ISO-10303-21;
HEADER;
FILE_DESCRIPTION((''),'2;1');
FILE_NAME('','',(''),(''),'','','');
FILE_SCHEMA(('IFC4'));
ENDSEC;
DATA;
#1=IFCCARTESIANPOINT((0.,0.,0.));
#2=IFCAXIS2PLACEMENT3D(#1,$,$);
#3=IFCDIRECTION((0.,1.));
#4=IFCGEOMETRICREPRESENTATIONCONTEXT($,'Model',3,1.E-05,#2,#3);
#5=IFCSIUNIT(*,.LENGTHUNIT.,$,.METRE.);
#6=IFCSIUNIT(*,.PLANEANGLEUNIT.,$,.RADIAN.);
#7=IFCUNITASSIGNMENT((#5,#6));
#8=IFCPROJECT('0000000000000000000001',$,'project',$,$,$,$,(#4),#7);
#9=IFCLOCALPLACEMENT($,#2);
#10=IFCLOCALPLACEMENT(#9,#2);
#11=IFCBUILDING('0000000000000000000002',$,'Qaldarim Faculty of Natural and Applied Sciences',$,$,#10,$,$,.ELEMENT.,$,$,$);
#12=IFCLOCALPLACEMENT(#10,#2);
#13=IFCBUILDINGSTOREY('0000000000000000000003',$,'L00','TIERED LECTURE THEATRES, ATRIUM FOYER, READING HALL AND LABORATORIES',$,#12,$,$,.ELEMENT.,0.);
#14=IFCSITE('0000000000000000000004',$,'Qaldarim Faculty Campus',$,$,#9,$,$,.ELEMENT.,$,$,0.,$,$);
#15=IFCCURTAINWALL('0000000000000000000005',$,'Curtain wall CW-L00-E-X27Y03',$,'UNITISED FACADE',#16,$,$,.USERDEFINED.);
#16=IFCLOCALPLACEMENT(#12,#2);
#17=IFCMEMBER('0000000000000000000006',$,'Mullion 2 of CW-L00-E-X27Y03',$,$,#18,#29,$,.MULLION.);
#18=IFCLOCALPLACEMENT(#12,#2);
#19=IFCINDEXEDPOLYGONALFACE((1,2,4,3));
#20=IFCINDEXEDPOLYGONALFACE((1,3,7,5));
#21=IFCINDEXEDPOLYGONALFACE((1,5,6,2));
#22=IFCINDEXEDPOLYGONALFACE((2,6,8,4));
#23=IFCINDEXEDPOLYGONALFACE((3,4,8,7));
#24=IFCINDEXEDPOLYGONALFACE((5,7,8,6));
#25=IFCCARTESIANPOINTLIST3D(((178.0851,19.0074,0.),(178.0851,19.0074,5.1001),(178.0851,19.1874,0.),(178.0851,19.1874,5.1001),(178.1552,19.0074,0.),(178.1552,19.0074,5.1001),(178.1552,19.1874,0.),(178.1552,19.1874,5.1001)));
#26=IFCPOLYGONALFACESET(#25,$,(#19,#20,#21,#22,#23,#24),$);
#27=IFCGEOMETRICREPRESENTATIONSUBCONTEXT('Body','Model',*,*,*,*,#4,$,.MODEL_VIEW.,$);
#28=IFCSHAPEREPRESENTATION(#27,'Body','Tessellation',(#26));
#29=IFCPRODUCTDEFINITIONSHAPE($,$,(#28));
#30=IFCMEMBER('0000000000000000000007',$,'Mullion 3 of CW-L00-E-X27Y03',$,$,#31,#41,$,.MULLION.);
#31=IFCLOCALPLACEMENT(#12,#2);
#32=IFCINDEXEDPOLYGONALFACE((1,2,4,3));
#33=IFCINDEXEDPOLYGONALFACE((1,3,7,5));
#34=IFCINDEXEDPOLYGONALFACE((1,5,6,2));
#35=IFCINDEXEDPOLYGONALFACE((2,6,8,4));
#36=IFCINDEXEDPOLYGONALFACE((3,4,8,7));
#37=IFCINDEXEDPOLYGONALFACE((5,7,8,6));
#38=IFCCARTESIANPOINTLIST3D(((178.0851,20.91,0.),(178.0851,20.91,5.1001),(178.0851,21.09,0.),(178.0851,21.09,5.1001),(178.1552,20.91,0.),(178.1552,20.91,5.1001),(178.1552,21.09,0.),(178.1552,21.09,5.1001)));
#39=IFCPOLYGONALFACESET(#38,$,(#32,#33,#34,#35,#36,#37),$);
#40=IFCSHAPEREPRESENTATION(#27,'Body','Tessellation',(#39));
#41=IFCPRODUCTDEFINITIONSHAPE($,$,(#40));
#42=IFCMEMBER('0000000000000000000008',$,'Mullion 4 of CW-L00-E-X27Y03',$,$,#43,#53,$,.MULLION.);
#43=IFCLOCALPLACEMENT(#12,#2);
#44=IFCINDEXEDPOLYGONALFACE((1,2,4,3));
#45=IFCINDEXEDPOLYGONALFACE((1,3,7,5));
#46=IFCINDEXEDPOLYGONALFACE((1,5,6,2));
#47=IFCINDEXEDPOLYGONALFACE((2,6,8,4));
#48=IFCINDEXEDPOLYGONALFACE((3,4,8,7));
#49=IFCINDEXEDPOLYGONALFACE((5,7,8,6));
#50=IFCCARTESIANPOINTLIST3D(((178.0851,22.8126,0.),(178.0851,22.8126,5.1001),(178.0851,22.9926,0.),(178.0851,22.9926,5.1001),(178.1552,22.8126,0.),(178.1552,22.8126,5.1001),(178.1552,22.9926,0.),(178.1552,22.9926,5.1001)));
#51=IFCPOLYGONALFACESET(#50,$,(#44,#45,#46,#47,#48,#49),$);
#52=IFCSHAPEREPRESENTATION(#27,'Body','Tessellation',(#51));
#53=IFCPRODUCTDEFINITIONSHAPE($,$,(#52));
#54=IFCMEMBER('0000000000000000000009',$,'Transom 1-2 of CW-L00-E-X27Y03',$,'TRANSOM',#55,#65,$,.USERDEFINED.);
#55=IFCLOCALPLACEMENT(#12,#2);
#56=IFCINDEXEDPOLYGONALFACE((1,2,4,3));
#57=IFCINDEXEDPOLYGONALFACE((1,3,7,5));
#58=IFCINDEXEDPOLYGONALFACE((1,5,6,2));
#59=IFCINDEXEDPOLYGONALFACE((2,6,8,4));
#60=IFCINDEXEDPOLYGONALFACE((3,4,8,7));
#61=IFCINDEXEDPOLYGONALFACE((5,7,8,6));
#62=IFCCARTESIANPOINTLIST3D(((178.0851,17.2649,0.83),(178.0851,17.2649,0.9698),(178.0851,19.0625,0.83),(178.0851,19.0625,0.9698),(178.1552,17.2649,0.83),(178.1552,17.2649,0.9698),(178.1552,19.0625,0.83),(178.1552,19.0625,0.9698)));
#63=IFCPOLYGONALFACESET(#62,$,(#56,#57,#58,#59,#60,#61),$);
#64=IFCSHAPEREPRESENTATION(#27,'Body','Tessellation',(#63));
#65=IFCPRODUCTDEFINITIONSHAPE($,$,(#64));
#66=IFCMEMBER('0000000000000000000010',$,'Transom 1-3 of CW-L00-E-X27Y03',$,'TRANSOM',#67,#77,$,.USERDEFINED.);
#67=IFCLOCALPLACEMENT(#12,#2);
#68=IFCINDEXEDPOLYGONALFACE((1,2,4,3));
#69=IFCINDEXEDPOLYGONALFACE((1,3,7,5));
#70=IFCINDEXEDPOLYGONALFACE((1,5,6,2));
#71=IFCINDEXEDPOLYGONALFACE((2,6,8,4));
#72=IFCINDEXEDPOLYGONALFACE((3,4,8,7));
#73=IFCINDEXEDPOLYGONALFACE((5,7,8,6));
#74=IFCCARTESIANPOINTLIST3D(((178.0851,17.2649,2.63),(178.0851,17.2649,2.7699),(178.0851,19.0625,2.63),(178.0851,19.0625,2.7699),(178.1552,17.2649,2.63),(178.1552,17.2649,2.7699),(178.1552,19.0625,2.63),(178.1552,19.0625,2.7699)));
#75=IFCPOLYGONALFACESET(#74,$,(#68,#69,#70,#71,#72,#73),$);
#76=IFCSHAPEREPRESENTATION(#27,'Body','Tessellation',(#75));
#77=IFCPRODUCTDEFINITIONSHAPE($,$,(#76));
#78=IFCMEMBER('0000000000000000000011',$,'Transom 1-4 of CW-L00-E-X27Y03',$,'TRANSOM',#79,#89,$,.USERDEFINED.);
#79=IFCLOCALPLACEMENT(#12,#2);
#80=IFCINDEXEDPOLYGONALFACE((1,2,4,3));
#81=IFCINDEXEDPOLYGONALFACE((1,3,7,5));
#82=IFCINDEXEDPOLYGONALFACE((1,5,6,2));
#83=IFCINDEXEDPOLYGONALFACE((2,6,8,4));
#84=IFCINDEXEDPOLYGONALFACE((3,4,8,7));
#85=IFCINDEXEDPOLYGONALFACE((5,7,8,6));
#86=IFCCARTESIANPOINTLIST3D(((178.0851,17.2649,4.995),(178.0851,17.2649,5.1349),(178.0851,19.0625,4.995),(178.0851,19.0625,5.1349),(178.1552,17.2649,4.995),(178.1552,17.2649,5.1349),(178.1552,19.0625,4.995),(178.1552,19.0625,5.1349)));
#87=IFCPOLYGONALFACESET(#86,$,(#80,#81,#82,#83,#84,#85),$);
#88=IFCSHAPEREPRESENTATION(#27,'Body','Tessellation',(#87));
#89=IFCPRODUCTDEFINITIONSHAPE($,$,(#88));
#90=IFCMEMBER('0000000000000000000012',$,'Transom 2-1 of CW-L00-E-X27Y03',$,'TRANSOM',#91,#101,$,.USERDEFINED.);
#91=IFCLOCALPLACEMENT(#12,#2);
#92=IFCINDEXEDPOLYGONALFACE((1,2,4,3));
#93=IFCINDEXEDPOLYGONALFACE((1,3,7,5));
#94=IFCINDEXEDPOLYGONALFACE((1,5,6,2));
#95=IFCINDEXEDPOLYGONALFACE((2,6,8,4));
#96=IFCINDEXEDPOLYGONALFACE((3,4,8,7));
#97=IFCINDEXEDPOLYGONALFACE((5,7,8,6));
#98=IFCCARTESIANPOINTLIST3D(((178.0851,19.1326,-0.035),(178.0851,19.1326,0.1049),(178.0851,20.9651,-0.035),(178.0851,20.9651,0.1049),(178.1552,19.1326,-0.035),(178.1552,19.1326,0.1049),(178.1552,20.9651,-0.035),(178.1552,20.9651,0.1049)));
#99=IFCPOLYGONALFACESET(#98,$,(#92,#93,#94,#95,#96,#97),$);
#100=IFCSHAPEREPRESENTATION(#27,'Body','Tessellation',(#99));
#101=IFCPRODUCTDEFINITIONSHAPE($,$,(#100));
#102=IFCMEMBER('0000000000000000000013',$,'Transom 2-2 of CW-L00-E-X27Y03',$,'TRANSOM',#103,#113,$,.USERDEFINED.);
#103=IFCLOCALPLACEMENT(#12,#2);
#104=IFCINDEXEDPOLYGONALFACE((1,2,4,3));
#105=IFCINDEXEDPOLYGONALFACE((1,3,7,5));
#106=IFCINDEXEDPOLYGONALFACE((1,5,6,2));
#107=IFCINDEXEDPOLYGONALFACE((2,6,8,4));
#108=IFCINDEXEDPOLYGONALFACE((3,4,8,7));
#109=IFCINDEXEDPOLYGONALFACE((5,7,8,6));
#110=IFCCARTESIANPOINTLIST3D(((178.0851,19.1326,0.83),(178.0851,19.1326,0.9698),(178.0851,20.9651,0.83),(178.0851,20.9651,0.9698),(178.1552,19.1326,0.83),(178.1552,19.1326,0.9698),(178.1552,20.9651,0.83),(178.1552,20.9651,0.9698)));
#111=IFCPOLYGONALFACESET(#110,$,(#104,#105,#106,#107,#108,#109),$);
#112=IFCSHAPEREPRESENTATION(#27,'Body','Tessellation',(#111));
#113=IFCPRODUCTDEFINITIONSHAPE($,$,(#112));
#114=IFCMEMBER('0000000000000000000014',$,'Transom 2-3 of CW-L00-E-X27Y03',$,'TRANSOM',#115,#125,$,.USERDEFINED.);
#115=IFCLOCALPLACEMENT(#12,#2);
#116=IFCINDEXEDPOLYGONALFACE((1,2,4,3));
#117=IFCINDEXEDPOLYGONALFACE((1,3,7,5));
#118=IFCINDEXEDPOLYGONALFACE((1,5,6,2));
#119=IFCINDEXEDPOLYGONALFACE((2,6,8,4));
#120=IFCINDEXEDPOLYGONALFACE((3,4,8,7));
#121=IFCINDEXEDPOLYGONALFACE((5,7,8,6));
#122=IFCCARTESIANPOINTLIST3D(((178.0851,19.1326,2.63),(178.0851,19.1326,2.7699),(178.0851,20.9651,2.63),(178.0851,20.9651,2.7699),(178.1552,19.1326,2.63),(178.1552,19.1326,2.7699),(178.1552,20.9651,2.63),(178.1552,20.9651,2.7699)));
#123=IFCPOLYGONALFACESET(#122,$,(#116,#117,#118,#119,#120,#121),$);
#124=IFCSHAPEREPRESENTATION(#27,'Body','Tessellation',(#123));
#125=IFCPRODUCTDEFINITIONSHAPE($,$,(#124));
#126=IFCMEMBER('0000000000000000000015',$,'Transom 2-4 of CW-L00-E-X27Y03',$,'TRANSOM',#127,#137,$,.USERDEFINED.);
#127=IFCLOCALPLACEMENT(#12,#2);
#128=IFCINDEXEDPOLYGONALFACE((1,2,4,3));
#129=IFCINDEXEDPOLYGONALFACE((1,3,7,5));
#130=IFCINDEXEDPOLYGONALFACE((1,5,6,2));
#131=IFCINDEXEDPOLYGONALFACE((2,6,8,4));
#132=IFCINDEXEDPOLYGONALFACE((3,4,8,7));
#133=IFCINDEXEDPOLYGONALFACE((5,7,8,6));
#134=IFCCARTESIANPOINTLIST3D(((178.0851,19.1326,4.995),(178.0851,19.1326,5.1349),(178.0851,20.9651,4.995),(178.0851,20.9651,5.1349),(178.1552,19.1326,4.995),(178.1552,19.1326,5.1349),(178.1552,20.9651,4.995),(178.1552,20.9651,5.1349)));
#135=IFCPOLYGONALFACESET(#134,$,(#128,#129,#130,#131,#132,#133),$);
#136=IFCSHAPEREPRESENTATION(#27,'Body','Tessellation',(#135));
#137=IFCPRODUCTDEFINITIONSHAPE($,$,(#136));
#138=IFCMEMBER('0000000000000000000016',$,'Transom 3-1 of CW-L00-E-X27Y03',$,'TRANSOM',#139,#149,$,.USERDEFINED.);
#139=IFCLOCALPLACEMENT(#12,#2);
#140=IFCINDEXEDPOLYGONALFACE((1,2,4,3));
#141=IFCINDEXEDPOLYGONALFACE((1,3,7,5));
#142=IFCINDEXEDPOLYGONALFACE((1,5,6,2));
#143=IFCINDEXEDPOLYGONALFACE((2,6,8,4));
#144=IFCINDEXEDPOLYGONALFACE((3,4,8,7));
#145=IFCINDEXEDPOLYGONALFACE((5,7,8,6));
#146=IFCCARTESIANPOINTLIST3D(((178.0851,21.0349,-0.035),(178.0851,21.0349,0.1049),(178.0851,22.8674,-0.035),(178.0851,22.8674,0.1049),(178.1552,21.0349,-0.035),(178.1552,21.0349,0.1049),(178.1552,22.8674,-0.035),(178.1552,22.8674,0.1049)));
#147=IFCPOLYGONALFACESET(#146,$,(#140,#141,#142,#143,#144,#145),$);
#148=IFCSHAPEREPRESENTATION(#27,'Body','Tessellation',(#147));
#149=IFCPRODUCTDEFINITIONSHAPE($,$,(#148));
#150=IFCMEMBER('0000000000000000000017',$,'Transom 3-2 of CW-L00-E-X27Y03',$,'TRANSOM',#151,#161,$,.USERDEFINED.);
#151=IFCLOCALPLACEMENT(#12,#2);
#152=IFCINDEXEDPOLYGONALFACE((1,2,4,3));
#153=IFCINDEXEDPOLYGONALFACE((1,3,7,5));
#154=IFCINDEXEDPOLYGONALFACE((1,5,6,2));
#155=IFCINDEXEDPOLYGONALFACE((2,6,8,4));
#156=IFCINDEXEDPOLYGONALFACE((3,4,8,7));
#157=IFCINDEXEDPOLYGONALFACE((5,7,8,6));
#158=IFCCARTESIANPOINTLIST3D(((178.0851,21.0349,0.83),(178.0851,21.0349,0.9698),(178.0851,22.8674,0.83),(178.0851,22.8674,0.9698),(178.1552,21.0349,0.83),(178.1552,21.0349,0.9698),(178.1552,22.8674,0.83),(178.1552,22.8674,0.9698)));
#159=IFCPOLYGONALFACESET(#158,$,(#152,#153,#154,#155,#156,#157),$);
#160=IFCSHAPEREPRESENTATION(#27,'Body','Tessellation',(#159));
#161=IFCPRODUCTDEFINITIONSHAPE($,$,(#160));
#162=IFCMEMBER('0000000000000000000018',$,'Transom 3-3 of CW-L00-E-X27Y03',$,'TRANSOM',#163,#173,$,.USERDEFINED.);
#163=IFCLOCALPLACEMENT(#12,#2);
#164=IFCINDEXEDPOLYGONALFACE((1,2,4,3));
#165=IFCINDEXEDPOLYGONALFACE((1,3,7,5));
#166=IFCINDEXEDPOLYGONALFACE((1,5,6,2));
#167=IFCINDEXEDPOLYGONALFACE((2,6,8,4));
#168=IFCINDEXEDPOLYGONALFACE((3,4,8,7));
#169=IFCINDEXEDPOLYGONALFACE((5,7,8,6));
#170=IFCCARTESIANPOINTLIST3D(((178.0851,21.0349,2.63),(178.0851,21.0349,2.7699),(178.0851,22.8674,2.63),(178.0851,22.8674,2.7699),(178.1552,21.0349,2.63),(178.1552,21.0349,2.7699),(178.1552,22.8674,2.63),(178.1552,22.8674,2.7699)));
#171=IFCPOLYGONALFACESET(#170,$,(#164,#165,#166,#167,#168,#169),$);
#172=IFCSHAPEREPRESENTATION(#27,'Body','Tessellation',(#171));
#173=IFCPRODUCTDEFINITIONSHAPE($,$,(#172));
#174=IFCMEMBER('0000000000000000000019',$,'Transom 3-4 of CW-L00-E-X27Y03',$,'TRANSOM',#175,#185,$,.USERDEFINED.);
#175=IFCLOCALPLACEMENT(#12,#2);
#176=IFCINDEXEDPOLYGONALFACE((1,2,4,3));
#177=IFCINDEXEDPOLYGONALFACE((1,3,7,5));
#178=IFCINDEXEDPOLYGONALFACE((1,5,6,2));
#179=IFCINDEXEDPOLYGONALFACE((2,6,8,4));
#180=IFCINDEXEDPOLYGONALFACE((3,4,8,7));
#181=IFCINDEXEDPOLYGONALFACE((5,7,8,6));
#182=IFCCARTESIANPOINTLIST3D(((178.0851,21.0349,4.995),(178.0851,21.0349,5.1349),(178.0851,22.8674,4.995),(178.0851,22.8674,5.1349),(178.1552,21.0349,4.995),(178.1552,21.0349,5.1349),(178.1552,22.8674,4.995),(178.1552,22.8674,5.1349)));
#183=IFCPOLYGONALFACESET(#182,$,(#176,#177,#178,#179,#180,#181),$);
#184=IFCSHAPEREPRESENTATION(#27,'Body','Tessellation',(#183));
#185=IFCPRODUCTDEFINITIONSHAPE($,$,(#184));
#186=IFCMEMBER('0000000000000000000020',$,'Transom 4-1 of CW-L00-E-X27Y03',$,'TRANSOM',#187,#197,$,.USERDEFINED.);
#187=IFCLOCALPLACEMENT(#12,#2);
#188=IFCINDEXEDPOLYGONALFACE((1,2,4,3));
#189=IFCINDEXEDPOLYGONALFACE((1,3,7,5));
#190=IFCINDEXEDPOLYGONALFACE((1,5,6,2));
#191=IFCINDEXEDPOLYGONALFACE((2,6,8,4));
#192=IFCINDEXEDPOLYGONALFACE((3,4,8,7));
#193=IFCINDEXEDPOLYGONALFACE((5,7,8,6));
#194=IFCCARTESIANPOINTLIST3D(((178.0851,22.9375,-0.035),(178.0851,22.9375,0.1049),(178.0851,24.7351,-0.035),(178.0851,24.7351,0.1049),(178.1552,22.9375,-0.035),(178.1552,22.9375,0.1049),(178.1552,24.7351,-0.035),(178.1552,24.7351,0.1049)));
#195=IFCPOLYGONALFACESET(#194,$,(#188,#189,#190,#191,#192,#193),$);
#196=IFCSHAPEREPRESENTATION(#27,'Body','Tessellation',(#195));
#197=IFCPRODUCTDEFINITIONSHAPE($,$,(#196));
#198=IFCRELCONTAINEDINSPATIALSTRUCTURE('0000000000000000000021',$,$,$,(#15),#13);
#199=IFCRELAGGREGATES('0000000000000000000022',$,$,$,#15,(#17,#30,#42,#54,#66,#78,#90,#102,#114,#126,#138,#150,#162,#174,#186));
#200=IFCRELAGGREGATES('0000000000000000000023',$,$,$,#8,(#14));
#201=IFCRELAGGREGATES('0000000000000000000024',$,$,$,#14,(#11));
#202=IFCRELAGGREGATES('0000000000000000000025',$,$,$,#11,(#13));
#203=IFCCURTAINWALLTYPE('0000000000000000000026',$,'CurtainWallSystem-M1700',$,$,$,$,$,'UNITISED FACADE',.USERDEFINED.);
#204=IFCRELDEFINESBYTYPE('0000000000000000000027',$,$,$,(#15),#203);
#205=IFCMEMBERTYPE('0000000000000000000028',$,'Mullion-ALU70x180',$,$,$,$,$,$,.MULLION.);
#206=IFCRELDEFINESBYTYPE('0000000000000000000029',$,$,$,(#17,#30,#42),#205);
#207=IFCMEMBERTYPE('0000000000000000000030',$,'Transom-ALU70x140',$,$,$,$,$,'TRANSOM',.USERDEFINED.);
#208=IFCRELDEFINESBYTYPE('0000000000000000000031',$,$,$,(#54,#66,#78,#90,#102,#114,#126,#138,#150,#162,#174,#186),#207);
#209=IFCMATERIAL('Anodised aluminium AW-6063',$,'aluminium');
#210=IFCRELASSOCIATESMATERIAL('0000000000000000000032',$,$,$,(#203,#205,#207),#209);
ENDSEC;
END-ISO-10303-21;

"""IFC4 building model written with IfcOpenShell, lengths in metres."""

from ifc_helpers import new_model, si_unit, direction, frame, origin, origin_2d, place, context, subcontext, project, spatial, rectangle, extrude, material, material_profile, profile_set, type_object, element, aggregate, save


model = new_model("IFC4")

# Units and contexts
model_context = context("Model", 3, precision=1e-05, world=origin(), true_north=direction((0.0, 1.0)))
body_context = subcontext(model_context, "Body", "Model", "MODEL_VIEW")
ifc_project = project(units=[si_unit("LENGTHUNIT", "METRE"), si_unit("PLANEANGLEUNIT", "RADIAN")], contexts=[model_context])

# Site, building, storey
site_placement = place(None, origin())
site = spatial("IfcSite", under=ifc_project, at=site_placement, Name="Qaldarim Faculty Campus", CompositionType="ELEMENT", RefElevation=0.0)
building_placement = place(site_placement, origin())
building = spatial("IfcBuilding", under=site, at=building_placement, Name="Qaldarim Faculty of Natural and Applied Sciences", CompositionType="ELEMENT")
storey_placement = place(building_placement, origin())
storey = spatial("IfcBuildingStorey", under=building, at=storey_placement, Name="L00", Description="TIERED LECTURE THEATRES, ATRIUM FOYER, READING HALL AND LABORATORIES", CompositionType="ELEMENT", Elevation=0.0)

# Curtain wall, members
ifc_material_1 = material(Name="Anodised aluminium AW-6063", Category="aluminium")
curtain_wall_type = type_object("IfcCurtainWallType", Name="CurtainWallSystem-M1700", ElementType="UNITISED FACADE", PredefinedType="USERDEFINED", material=ifc_material_1)
curtain_wall_placement = place(storey_placement, origin())
curtain_wall = element("IfcCurtainWall", 1, at=curtain_wall_placement, inside=storey, type_object=curtain_wall_type, Name="Curtain wall CW-L00-E-X27Y03", ObjectType="UNITISED FACADE", PredefinedType="USERDEFINED")
ifc_material_profile_1 = material_profile(ifc_material_1, rectangle(XDim=0.0701, YDim=0.1799, at=origin_2d()), Name="ALU-M70x180")
ifc_profile_set_1 = profile_set([ifc_material_profile_1], Name="Anodised aluminium AW-6063")
member_type_1 = type_object("IfcMemberType", Name="Mullion-ALU70x180", PredefinedType="MULLION", material=ifc_profile_set_1)
member_1_placement = place(storey_placement, frame((178.1201, 19.0974, 0.0), z_axis=(0.0, 0.0, 1.0), x_axis=(-1.0, 0.0, 0.0)))
member_1 = element("IfcMember", 2, at=member_1_placement, type_object=member_type_1, Name="Mullion 2 of CW-L00-E-X27Y03", PredefinedType="MULLION", context=body_context, shape_type="SweptSolid", body=[
    extrude(rectangle(XDim=0.0701, YDim=0.1799, at=origin_2d()), origin(), (0.0, 0.0, 1.0), 5.1001),
])
member_2_placement = place(storey_placement, frame((178.1201, 21.0, 0.0), z_axis=(0.0, 0.0, 1.0), x_axis=(-1.0, 0.0, 0.0)))
member_2 = element("IfcMember", 3, at=member_2_placement, type_object=member_type_1, Name="Mullion 3 of CW-L00-E-X27Y03", PredefinedType="MULLION", context=body_context, shape_type="SweptSolid", body=[
    extrude(rectangle(XDim=0.0701, YDim=0.1799, at=origin_2d()), origin(), (0.0, 0.0, 1.0), 5.1001),
])
member_3_placement = place(storey_placement, frame((178.1201, 22.9026, 0.0), z_axis=(0.0, 0.0, 1.0), x_axis=(-1.0, 0.0, 0.0)))
member_3 = element("IfcMember", 4, at=member_3_placement, type_object=member_type_1, Name="Mullion 4 of CW-L00-E-X27Y03", PredefinedType="MULLION", context=body_context, shape_type="SweptSolid", body=[
    extrude(rectangle(XDim=0.0701, YDim=0.1799, at=origin_2d()), origin(), (0.0, 0.0, 1.0), 5.1001),
])
ifc_material_profile_2 = material_profile(ifc_material_1, rectangle(XDim=0.0701, YDim=0.1399, at=origin_2d()), Name="ALU-T70x140")
ifc_profile_set_2 = profile_set([ifc_material_profile_2], Name="Anodised aluminium AW-6063")
member_type_2 = type_object("IfcMemberType", Name="Transom-ALU70x140", ElementType="TRANSOM", PredefinedType="USERDEFINED", material=ifc_profile_set_2)
member_4_placement = place(storey_placement, frame((178.1201, 17.2649, 0.8999), z_axis=(0.0, 1.0, 0.0), x_axis=(-1.0, 0.0, 0.0)))
member_4 = element("IfcMember", 5, at=member_4_placement, type_object=member_type_2, Name="Transom 1-2 of CW-L00-E-X27Y03", ObjectType="TRANSOM", PredefinedType="USERDEFINED", context=body_context, shape_type="SweptSolid", body=[
    extrude(rectangle(XDim=0.0701, YDim=0.1399, at=origin_2d()), origin(), (0.0, 0.0, 1.0), 1.7976),
])
member_5_placement = place(storey_placement, frame((178.1201, 17.2649, 2.7), z_axis=(0.0, 1.0, 0.0), x_axis=(-1.0, 0.0, 0.0)))
member_5 = element("IfcMember", 6, at=member_5_placement, type_object=member_type_2, Name="Transom 1-3 of CW-L00-E-X27Y03", ObjectType="TRANSOM", PredefinedType="USERDEFINED", context=body_context, shape_type="SweptSolid", body=[
    extrude(rectangle(XDim=0.0701, YDim=0.1399, at=origin_2d()), origin(), (0.0, 0.0, 1.0), 1.7976),
])
member_6_placement = place(storey_placement, frame((178.1201, 17.2649, 5.0649), z_axis=(0.0, 1.0, 0.0), x_axis=(-1.0, 0.0, 0.0)))
member_6 = element("IfcMember", 7, at=member_6_placement, type_object=member_type_2, Name="Transom 1-4 of CW-L00-E-X27Y03", ObjectType="TRANSOM", PredefinedType="USERDEFINED", context=body_context, shape_type="SweptSolid", body=[
    extrude(rectangle(XDim=0.0701, YDim=0.1399, at=origin_2d()), origin(), (0.0, 0.0, 1.0), 1.7976),
])
member_7_placement = place(storey_placement, frame((178.1201, 19.1326, 0.0349), z_axis=(0.0, 1.0, 0.0), x_axis=(-1.0, 0.0, 0.0)))
member_7 = element("IfcMember", 8, at=member_7_placement, type_object=member_type_2, Name="Transom 2-1 of CW-L00-E-X27Y03", ObjectType="TRANSOM", PredefinedType="USERDEFINED", context=body_context, shape_type="SweptSolid", body=[
    extrude(rectangle(XDim=0.0701, YDim=0.1399, at=origin_2d()), origin(), (0.0, 0.0, 1.0), 1.8325),
])
member_8_placement = place(storey_placement, frame((178.1201, 19.1326, 0.8999), z_axis=(0.0, 1.0, 0.0), x_axis=(-1.0, 0.0, 0.0)))
member_8 = element("IfcMember", 9, at=member_8_placement, type_object=member_type_2, Name="Transom 2-2 of CW-L00-E-X27Y03", ObjectType="TRANSOM", PredefinedType="USERDEFINED", context=body_context, shape_type="SweptSolid", body=[
    extrude(rectangle(XDim=0.0701, YDim=0.1399, at=origin_2d()), origin(), (0.0, 0.0, 1.0), 1.8325),
])
member_9_placement = place(storey_placement, frame((178.1201, 19.1326, 2.7), z_axis=(0.0, 1.0, 0.0), x_axis=(-1.0, 0.0, 0.0)))
member_9 = element("IfcMember", 10, at=member_9_placement, type_object=member_type_2, Name="Transom 2-3 of CW-L00-E-X27Y03", ObjectType="TRANSOM", PredefinedType="USERDEFINED", context=body_context, shape_type="SweptSolid", body=[
    extrude(rectangle(XDim=0.0701, YDim=0.1399, at=origin_2d()), origin(), (0.0, 0.0, 1.0), 1.8325),
])
member_10_placement = place(storey_placement, frame((178.1201, 19.1326, 5.0649), z_axis=(0.0, 1.0, 0.0), x_axis=(-1.0, 0.0, 0.0)))
member_10 = element("IfcMember", 11, at=member_10_placement, type_object=member_type_2, Name="Transom 2-4 of CW-L00-E-X27Y03", ObjectType="TRANSOM", PredefinedType="USERDEFINED", context=body_context, shape_type="SweptSolid", body=[
    extrude(rectangle(XDim=0.0701, YDim=0.1399, at=origin_2d()), origin(), (0.0, 0.0, 1.0), 1.8325),
])
member_11_placement = place(storey_placement, frame((178.1201, 21.0349, 0.0349), z_axis=(0.0, 1.0, 0.0), x_axis=(-1.0, 0.0, 0.0)))
member_11 = element("IfcMember", 12, at=member_11_placement, type_object=member_type_2, Name="Transom 3-1 of CW-L00-E-X27Y03", ObjectType="TRANSOM", PredefinedType="USERDEFINED", context=body_context, shape_type="SweptSolid", body=[
    extrude(rectangle(XDim=0.0701, YDim=0.1399, at=origin_2d()), origin(), (0.0, 0.0, 1.0), 1.8325),
])
member_12_placement = place(storey_placement, frame((178.1201, 21.0349, 0.8999), z_axis=(0.0, 1.0, 0.0), x_axis=(-1.0, 0.0, 0.0)))
member_12 = element("IfcMember", 13, at=member_12_placement, type_object=member_type_2, Name="Transom 3-2 of CW-L00-E-X27Y03", ObjectType="TRANSOM", PredefinedType="USERDEFINED", context=body_context, shape_type="SweptSolid", body=[
    extrude(rectangle(XDim=0.0701, YDim=0.1399, at=origin_2d()), origin(), (0.0, 0.0, 1.0), 1.8325),
])
member_13_placement = place(storey_placement, frame((178.1201, 21.0349, 2.7), z_axis=(0.0, 1.0, 0.0), x_axis=(-1.0, 0.0, 0.0)))
member_13 = element("IfcMember", 14, at=member_13_placement, type_object=member_type_2, Name="Transom 3-3 of CW-L00-E-X27Y03", ObjectType="TRANSOM", PredefinedType="USERDEFINED", context=body_context, shape_type="SweptSolid", body=[
    extrude(rectangle(XDim=0.0701, YDim=0.1399, at=origin_2d()), origin(), (0.0, 0.0, 1.0), 1.8325),
])
member_14_placement = place(storey_placement, frame((178.1201, 21.0349, 5.0649), z_axis=(0.0, 1.0, 0.0), x_axis=(-1.0, 0.0, 0.0)))
member_14 = element("IfcMember", 15, at=member_14_placement, type_object=member_type_2, Name="Transom 3-4 of CW-L00-E-X27Y03", ObjectType="TRANSOM", PredefinedType="USERDEFINED", context=body_context, shape_type="SweptSolid", body=[
    extrude(rectangle(XDim=0.0701, YDim=0.1399, at=origin_2d()), origin(), (0.0, 0.0, 1.0), 1.8325),
])
member_15_placement = place(storey_placement, frame((178.1201, 22.9375, 0.0349), z_axis=(0.0, 1.0, 0.0), x_axis=(-1.0, 0.0, 0.0)))
member_15 = element("IfcMember", 16, at=member_15_placement, type_object=member_type_2, Name="Transom 4-1 of CW-L00-E-X27Y03", ObjectType="TRANSOM", PredefinedType="USERDEFINED", context=body_context, shape_type="SweptSolid", body=[
    extrude(rectangle(XDim=0.0701, YDim=0.1399, at=origin_2d()), origin(), (0.0, 0.0, 1.0), 1.7976),
])
aggregate(curtain_wall, [member_1, member_2, member_3, member_4, member_5, member_6, member_7, member_8, member_9, member_10, member_11, member_12, member_13, member_14, member_15])

save(model, "model.ifc")
